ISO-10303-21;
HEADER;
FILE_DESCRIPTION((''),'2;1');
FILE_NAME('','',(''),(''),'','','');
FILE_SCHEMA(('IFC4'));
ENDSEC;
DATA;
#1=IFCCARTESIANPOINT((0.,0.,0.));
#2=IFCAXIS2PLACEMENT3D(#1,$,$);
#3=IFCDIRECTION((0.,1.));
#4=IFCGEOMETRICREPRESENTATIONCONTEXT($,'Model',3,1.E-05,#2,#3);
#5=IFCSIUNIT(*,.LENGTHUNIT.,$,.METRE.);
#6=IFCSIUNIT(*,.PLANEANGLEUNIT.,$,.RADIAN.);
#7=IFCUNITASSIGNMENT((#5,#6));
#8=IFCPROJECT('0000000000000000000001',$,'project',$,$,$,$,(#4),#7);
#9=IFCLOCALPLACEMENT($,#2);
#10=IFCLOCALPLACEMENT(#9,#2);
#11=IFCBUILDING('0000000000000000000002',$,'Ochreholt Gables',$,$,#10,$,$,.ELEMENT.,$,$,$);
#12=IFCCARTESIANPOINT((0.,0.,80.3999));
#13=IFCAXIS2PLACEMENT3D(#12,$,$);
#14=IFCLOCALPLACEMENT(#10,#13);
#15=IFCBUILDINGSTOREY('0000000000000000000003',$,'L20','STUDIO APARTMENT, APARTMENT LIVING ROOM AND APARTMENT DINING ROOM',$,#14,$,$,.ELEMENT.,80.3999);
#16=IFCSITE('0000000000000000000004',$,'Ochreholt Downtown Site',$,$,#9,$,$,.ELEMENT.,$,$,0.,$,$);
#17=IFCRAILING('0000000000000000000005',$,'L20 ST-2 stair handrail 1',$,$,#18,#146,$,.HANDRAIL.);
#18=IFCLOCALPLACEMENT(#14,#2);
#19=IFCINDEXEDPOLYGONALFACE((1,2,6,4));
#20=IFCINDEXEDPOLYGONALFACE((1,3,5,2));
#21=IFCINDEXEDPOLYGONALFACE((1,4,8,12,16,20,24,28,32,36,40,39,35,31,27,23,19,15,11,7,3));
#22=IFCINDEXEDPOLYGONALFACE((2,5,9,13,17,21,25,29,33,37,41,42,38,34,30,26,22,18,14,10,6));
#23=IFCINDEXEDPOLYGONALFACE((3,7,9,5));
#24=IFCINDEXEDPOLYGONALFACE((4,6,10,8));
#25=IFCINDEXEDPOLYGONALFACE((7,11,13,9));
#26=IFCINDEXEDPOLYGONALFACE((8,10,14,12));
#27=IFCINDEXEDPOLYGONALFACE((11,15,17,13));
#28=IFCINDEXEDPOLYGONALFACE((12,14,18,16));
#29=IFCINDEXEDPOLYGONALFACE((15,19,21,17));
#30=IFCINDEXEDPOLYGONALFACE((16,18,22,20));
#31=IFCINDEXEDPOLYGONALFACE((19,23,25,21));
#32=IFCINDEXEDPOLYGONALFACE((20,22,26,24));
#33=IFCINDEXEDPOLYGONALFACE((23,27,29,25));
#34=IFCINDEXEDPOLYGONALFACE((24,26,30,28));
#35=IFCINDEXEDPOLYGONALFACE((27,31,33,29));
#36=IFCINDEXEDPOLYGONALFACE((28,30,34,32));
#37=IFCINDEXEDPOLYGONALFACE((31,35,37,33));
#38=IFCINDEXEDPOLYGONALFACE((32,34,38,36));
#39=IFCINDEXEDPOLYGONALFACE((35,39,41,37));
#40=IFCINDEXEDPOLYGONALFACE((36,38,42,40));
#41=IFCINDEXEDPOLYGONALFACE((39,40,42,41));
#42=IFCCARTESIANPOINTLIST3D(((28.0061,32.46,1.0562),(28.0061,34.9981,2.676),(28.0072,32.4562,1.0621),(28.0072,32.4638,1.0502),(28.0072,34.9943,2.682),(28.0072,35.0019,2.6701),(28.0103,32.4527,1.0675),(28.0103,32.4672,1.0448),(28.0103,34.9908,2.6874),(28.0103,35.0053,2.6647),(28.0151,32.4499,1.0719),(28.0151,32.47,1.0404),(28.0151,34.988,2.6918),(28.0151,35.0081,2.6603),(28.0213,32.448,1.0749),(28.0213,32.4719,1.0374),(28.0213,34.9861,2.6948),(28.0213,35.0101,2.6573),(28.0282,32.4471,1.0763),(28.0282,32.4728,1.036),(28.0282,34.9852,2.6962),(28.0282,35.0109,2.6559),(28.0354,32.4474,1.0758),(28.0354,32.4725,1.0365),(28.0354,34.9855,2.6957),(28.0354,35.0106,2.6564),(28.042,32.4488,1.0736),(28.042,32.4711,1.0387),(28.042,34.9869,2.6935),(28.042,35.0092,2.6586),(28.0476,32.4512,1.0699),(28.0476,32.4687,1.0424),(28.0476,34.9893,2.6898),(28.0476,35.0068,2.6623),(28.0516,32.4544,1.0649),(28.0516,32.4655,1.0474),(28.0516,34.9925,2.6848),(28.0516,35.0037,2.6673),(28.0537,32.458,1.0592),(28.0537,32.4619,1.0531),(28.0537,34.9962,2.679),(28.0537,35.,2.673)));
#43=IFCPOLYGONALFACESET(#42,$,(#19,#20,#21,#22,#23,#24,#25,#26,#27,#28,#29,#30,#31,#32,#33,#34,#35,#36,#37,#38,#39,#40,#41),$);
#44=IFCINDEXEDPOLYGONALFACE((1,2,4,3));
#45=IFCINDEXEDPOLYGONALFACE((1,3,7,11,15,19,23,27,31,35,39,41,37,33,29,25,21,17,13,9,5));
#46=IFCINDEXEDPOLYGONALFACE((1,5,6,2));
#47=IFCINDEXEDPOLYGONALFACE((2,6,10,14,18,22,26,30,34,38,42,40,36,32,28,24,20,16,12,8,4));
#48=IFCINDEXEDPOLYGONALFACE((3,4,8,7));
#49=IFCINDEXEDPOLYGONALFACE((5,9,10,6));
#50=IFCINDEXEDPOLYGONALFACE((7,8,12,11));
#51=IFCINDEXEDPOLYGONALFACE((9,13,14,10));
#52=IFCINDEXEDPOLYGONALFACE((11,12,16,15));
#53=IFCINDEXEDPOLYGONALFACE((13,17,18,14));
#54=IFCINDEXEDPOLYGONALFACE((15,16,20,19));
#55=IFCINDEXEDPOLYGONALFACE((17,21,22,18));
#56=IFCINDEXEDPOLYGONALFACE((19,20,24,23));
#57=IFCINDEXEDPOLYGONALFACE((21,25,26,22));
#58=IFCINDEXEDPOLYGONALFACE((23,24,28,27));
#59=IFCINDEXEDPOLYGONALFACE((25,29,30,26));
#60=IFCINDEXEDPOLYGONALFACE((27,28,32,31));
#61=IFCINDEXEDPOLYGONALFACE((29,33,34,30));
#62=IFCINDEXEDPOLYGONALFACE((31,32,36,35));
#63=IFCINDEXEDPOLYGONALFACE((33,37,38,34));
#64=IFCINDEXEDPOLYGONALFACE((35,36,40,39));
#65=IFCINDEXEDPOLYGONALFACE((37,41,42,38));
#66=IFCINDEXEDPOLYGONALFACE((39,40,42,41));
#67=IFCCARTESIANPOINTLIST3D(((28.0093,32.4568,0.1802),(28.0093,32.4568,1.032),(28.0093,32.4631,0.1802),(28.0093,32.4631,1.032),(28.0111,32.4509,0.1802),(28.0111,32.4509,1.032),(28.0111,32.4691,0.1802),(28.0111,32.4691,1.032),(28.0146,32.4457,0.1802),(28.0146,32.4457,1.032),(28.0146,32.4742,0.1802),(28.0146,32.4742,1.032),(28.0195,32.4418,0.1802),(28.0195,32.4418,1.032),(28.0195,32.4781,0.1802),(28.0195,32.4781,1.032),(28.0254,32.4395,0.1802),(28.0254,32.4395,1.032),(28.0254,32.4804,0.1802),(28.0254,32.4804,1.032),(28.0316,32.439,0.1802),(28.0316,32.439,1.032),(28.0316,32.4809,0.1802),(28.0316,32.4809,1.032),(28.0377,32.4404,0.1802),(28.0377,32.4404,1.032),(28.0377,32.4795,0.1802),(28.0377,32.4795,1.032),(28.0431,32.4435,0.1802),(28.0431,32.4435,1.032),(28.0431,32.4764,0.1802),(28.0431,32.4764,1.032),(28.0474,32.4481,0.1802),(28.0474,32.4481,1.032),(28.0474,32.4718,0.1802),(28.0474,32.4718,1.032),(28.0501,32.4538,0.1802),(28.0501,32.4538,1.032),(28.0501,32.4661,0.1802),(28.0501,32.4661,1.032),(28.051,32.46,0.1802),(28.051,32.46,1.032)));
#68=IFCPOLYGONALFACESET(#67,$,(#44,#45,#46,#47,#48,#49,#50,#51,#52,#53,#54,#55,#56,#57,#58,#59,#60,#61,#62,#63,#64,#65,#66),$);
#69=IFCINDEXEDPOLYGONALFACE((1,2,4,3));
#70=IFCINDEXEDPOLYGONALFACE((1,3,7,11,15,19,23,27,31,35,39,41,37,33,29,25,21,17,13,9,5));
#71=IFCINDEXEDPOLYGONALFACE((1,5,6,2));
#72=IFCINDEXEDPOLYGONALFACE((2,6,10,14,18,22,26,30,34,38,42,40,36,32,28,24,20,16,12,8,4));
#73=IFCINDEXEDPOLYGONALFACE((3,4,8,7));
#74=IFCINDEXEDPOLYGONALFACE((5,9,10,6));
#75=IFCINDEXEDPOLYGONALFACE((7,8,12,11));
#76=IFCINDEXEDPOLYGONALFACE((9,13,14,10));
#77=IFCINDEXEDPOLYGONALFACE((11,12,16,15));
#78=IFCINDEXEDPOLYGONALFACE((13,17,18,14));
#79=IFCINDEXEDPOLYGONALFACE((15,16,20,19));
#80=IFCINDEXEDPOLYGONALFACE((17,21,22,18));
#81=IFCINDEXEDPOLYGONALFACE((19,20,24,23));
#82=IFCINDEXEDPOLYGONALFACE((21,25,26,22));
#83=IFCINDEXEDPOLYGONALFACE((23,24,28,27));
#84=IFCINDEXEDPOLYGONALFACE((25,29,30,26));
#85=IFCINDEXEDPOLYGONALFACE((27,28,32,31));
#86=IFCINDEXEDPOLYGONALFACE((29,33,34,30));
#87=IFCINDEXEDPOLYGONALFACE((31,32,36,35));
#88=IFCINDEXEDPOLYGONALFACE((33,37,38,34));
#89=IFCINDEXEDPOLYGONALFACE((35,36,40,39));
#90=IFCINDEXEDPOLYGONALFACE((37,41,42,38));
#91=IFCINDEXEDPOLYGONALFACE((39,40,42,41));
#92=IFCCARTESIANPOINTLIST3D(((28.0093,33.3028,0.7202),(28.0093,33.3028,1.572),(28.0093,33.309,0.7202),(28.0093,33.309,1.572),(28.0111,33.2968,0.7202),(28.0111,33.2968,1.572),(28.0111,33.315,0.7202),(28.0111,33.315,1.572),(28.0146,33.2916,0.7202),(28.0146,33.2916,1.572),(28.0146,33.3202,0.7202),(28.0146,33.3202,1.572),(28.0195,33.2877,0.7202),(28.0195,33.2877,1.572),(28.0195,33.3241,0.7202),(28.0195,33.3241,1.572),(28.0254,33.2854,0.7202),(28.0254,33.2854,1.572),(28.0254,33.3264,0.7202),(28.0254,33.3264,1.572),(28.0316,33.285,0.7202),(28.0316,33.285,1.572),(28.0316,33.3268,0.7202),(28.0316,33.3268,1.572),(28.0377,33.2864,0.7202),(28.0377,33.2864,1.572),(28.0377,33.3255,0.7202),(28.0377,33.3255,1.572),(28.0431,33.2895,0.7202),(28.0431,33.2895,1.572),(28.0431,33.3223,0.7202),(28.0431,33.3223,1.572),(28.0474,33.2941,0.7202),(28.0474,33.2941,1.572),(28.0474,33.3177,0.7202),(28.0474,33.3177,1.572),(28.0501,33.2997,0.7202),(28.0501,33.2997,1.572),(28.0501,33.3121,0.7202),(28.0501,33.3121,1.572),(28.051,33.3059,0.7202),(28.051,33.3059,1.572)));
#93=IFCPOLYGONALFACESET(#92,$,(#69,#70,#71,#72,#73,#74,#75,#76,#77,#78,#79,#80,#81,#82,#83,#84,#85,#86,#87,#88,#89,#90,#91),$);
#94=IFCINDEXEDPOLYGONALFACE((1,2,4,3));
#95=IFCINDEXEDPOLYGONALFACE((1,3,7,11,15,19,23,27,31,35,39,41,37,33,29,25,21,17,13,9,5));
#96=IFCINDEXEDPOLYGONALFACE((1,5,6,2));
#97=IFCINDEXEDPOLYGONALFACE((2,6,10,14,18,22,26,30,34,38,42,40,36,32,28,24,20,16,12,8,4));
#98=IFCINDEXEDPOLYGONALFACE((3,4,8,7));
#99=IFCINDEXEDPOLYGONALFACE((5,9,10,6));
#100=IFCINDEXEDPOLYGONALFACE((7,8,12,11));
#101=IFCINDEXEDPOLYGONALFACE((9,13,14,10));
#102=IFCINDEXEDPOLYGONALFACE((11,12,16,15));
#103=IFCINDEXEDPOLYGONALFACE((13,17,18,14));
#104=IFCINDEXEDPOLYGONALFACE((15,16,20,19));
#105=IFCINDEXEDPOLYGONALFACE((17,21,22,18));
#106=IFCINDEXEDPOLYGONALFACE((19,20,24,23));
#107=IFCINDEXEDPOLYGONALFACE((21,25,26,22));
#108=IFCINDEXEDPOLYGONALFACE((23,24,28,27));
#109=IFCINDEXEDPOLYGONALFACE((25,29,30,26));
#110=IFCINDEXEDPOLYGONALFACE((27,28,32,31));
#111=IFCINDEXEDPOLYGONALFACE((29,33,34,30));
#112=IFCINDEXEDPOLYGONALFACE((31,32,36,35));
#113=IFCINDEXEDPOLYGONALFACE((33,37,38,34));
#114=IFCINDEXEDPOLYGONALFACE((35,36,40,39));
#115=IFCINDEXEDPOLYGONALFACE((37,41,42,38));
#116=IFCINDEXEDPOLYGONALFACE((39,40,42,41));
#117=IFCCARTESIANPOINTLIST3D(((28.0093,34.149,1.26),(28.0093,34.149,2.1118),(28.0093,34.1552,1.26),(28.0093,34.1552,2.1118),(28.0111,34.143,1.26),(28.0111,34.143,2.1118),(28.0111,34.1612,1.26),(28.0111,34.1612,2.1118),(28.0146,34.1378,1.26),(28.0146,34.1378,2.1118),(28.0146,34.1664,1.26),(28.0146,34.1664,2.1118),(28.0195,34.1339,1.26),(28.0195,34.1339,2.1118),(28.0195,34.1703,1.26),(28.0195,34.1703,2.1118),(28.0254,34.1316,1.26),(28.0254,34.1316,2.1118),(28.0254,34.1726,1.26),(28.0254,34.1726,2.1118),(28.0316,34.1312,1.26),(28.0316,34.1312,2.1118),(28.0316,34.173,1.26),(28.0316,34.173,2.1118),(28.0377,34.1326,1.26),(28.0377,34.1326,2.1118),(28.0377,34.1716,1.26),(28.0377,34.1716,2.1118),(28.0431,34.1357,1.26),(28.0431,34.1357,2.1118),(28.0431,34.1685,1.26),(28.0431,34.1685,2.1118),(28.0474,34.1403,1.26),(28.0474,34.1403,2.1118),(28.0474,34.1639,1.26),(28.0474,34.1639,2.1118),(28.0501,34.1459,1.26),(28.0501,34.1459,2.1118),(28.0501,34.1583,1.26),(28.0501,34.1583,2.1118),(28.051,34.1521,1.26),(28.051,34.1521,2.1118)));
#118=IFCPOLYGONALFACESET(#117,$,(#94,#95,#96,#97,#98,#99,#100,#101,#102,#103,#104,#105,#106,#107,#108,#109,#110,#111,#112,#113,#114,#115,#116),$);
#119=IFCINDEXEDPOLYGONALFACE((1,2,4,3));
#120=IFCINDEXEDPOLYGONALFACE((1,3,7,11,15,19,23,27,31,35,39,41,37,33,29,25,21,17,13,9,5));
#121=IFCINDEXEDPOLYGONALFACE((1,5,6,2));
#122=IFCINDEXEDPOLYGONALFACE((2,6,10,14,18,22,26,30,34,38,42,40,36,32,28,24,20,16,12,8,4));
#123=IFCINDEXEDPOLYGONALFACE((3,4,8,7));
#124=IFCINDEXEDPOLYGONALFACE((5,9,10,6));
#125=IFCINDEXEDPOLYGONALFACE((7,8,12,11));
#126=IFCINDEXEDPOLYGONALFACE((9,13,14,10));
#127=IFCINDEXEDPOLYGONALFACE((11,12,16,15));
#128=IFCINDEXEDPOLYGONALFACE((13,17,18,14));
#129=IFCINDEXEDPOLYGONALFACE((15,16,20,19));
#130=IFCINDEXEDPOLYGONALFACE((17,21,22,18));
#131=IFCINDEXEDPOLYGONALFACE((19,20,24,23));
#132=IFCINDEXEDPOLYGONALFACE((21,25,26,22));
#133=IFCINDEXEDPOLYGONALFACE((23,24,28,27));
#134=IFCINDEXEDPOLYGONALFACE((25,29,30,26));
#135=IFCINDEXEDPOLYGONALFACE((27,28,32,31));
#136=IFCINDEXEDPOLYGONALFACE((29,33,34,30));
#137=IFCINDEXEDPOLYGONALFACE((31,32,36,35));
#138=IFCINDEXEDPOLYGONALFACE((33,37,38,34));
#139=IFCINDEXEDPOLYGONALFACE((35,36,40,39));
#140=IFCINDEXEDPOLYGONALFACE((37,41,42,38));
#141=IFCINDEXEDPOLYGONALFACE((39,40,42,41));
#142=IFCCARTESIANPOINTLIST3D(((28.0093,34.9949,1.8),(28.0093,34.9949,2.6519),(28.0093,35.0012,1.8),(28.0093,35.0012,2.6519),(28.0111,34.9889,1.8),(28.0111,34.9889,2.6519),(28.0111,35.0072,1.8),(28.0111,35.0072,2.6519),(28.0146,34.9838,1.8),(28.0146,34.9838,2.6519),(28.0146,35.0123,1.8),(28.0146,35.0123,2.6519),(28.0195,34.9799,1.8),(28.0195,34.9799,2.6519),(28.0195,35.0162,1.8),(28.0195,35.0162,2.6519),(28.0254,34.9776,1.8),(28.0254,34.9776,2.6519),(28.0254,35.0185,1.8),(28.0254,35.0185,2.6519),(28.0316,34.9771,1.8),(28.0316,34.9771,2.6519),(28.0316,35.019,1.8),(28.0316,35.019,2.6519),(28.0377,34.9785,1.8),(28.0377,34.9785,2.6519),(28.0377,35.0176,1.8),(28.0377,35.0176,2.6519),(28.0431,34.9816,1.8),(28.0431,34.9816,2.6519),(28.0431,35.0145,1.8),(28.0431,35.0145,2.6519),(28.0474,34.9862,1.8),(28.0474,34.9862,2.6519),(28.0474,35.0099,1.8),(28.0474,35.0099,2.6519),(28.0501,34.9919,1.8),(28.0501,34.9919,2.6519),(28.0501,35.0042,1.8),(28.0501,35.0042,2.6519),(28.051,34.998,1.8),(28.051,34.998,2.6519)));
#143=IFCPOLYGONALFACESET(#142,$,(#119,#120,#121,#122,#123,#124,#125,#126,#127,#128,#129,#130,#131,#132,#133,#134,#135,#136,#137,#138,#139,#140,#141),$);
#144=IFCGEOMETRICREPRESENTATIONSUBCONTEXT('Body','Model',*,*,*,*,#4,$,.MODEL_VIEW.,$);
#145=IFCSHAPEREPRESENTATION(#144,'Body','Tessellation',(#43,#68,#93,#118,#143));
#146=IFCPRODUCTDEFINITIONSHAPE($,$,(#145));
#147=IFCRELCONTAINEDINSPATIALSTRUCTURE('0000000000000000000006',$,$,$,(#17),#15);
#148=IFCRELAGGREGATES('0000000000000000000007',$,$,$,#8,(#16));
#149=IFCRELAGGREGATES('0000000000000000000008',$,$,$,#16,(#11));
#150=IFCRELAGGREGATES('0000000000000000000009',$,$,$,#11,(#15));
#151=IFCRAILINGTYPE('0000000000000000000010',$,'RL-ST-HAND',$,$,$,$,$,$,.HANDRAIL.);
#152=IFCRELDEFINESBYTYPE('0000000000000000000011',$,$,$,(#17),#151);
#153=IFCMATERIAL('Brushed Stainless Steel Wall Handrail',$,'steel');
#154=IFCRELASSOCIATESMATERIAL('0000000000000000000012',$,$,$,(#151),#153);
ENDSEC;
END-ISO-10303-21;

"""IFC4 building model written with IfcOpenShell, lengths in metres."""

from ifc_helpers import new_model, si_unit, direction, frame, origin, origin_2d, place, context, subcontext, project, spatial, circle, extrude, material, type_object, element, save


model = new_model("IFC4")

# Units and contexts
model_context = context("Model", 3, precision=1e-05, world=origin(), true_north=direction((0.0, 1.0)))
body_context = subcontext(model_context, "Body", "Model", "MODEL_VIEW")
ifc_project = project(units=[si_unit("LENGTHUNIT", "METRE"), si_unit("PLANEANGLEUNIT", "RADIAN")], contexts=[model_context])

# Site, building, storey
site_placement = place(None, origin())
site = spatial("IfcSite", under=ifc_project, at=site_placement, Name="Ochreholt Downtown Site", CompositionType="ELEMENT", RefElevation=0.0)
building_placement = place(site_placement, origin())
building = spatial("IfcBuilding", under=site, at=building_placement, Name="Ochreholt Gables", CompositionType="ELEMENT")
storey_placement = place(building_placement, frame((0.0, 0.0, 80.3999)))
storey = spatial("IfcBuildingStorey", under=building, at=storey_placement, Name="L20", Description="STUDIO APARTMENT, APARTMENT LIVING ROOM AND APARTMENT DINING ROOM", CompositionType="ELEMENT", Elevation=80.3999)

# Railing
ifc_material_1 = material(Name="Brushed Stainless Steel Wall Handrail", Category="steel")
railing_type = type_object("IfcRailingType", Name="RL-ST-HAND", PredefinedType="HANDRAIL", material=ifc_material_1)
railing_placement = place(storey_placement, frame((28.03, 32.46, 0.1802)))
element("IfcRailing", 1, at=railing_placement, inside=storey, type_object=railing_type, Name="L20 ST-2 stair handrail 1", PredefinedType="HANDRAIL", context=body_context, shape_type="SweptSolid", body=[
    extrude(circle(Radius=0.0239, at=origin_2d()), frame((0.0, 0.0, 0.876), z_axis=(0.0, 0.84295, 0.537993), x_axis=(-1.0, 0.0, 0.0)), (0.0, 0.0, 1.0), 3.011),
    extrude(circle(Radius=0.021, at=origin_2d()), origin(), (0.0, 0.0, 1.0), 0.8518),
    extrude(circle(Radius=0.021, at=origin_2d()), frame((0.0, 0.8459, 0.54)), (0.0, 0.0, 1.0), 0.8518),
    extrude(circle(Radius=0.021, at=origin_2d()), frame((0.0, 1.6921, 1.0798)), (0.0, 0.0, 1.0), 0.8518),
    extrude(circle(Radius=0.021, at=origin_2d()), frame((0.0, 2.5381, 1.6199)), (0.0, 0.0, 1.0), 0.8518),
])

save(model, "model.ifc")
